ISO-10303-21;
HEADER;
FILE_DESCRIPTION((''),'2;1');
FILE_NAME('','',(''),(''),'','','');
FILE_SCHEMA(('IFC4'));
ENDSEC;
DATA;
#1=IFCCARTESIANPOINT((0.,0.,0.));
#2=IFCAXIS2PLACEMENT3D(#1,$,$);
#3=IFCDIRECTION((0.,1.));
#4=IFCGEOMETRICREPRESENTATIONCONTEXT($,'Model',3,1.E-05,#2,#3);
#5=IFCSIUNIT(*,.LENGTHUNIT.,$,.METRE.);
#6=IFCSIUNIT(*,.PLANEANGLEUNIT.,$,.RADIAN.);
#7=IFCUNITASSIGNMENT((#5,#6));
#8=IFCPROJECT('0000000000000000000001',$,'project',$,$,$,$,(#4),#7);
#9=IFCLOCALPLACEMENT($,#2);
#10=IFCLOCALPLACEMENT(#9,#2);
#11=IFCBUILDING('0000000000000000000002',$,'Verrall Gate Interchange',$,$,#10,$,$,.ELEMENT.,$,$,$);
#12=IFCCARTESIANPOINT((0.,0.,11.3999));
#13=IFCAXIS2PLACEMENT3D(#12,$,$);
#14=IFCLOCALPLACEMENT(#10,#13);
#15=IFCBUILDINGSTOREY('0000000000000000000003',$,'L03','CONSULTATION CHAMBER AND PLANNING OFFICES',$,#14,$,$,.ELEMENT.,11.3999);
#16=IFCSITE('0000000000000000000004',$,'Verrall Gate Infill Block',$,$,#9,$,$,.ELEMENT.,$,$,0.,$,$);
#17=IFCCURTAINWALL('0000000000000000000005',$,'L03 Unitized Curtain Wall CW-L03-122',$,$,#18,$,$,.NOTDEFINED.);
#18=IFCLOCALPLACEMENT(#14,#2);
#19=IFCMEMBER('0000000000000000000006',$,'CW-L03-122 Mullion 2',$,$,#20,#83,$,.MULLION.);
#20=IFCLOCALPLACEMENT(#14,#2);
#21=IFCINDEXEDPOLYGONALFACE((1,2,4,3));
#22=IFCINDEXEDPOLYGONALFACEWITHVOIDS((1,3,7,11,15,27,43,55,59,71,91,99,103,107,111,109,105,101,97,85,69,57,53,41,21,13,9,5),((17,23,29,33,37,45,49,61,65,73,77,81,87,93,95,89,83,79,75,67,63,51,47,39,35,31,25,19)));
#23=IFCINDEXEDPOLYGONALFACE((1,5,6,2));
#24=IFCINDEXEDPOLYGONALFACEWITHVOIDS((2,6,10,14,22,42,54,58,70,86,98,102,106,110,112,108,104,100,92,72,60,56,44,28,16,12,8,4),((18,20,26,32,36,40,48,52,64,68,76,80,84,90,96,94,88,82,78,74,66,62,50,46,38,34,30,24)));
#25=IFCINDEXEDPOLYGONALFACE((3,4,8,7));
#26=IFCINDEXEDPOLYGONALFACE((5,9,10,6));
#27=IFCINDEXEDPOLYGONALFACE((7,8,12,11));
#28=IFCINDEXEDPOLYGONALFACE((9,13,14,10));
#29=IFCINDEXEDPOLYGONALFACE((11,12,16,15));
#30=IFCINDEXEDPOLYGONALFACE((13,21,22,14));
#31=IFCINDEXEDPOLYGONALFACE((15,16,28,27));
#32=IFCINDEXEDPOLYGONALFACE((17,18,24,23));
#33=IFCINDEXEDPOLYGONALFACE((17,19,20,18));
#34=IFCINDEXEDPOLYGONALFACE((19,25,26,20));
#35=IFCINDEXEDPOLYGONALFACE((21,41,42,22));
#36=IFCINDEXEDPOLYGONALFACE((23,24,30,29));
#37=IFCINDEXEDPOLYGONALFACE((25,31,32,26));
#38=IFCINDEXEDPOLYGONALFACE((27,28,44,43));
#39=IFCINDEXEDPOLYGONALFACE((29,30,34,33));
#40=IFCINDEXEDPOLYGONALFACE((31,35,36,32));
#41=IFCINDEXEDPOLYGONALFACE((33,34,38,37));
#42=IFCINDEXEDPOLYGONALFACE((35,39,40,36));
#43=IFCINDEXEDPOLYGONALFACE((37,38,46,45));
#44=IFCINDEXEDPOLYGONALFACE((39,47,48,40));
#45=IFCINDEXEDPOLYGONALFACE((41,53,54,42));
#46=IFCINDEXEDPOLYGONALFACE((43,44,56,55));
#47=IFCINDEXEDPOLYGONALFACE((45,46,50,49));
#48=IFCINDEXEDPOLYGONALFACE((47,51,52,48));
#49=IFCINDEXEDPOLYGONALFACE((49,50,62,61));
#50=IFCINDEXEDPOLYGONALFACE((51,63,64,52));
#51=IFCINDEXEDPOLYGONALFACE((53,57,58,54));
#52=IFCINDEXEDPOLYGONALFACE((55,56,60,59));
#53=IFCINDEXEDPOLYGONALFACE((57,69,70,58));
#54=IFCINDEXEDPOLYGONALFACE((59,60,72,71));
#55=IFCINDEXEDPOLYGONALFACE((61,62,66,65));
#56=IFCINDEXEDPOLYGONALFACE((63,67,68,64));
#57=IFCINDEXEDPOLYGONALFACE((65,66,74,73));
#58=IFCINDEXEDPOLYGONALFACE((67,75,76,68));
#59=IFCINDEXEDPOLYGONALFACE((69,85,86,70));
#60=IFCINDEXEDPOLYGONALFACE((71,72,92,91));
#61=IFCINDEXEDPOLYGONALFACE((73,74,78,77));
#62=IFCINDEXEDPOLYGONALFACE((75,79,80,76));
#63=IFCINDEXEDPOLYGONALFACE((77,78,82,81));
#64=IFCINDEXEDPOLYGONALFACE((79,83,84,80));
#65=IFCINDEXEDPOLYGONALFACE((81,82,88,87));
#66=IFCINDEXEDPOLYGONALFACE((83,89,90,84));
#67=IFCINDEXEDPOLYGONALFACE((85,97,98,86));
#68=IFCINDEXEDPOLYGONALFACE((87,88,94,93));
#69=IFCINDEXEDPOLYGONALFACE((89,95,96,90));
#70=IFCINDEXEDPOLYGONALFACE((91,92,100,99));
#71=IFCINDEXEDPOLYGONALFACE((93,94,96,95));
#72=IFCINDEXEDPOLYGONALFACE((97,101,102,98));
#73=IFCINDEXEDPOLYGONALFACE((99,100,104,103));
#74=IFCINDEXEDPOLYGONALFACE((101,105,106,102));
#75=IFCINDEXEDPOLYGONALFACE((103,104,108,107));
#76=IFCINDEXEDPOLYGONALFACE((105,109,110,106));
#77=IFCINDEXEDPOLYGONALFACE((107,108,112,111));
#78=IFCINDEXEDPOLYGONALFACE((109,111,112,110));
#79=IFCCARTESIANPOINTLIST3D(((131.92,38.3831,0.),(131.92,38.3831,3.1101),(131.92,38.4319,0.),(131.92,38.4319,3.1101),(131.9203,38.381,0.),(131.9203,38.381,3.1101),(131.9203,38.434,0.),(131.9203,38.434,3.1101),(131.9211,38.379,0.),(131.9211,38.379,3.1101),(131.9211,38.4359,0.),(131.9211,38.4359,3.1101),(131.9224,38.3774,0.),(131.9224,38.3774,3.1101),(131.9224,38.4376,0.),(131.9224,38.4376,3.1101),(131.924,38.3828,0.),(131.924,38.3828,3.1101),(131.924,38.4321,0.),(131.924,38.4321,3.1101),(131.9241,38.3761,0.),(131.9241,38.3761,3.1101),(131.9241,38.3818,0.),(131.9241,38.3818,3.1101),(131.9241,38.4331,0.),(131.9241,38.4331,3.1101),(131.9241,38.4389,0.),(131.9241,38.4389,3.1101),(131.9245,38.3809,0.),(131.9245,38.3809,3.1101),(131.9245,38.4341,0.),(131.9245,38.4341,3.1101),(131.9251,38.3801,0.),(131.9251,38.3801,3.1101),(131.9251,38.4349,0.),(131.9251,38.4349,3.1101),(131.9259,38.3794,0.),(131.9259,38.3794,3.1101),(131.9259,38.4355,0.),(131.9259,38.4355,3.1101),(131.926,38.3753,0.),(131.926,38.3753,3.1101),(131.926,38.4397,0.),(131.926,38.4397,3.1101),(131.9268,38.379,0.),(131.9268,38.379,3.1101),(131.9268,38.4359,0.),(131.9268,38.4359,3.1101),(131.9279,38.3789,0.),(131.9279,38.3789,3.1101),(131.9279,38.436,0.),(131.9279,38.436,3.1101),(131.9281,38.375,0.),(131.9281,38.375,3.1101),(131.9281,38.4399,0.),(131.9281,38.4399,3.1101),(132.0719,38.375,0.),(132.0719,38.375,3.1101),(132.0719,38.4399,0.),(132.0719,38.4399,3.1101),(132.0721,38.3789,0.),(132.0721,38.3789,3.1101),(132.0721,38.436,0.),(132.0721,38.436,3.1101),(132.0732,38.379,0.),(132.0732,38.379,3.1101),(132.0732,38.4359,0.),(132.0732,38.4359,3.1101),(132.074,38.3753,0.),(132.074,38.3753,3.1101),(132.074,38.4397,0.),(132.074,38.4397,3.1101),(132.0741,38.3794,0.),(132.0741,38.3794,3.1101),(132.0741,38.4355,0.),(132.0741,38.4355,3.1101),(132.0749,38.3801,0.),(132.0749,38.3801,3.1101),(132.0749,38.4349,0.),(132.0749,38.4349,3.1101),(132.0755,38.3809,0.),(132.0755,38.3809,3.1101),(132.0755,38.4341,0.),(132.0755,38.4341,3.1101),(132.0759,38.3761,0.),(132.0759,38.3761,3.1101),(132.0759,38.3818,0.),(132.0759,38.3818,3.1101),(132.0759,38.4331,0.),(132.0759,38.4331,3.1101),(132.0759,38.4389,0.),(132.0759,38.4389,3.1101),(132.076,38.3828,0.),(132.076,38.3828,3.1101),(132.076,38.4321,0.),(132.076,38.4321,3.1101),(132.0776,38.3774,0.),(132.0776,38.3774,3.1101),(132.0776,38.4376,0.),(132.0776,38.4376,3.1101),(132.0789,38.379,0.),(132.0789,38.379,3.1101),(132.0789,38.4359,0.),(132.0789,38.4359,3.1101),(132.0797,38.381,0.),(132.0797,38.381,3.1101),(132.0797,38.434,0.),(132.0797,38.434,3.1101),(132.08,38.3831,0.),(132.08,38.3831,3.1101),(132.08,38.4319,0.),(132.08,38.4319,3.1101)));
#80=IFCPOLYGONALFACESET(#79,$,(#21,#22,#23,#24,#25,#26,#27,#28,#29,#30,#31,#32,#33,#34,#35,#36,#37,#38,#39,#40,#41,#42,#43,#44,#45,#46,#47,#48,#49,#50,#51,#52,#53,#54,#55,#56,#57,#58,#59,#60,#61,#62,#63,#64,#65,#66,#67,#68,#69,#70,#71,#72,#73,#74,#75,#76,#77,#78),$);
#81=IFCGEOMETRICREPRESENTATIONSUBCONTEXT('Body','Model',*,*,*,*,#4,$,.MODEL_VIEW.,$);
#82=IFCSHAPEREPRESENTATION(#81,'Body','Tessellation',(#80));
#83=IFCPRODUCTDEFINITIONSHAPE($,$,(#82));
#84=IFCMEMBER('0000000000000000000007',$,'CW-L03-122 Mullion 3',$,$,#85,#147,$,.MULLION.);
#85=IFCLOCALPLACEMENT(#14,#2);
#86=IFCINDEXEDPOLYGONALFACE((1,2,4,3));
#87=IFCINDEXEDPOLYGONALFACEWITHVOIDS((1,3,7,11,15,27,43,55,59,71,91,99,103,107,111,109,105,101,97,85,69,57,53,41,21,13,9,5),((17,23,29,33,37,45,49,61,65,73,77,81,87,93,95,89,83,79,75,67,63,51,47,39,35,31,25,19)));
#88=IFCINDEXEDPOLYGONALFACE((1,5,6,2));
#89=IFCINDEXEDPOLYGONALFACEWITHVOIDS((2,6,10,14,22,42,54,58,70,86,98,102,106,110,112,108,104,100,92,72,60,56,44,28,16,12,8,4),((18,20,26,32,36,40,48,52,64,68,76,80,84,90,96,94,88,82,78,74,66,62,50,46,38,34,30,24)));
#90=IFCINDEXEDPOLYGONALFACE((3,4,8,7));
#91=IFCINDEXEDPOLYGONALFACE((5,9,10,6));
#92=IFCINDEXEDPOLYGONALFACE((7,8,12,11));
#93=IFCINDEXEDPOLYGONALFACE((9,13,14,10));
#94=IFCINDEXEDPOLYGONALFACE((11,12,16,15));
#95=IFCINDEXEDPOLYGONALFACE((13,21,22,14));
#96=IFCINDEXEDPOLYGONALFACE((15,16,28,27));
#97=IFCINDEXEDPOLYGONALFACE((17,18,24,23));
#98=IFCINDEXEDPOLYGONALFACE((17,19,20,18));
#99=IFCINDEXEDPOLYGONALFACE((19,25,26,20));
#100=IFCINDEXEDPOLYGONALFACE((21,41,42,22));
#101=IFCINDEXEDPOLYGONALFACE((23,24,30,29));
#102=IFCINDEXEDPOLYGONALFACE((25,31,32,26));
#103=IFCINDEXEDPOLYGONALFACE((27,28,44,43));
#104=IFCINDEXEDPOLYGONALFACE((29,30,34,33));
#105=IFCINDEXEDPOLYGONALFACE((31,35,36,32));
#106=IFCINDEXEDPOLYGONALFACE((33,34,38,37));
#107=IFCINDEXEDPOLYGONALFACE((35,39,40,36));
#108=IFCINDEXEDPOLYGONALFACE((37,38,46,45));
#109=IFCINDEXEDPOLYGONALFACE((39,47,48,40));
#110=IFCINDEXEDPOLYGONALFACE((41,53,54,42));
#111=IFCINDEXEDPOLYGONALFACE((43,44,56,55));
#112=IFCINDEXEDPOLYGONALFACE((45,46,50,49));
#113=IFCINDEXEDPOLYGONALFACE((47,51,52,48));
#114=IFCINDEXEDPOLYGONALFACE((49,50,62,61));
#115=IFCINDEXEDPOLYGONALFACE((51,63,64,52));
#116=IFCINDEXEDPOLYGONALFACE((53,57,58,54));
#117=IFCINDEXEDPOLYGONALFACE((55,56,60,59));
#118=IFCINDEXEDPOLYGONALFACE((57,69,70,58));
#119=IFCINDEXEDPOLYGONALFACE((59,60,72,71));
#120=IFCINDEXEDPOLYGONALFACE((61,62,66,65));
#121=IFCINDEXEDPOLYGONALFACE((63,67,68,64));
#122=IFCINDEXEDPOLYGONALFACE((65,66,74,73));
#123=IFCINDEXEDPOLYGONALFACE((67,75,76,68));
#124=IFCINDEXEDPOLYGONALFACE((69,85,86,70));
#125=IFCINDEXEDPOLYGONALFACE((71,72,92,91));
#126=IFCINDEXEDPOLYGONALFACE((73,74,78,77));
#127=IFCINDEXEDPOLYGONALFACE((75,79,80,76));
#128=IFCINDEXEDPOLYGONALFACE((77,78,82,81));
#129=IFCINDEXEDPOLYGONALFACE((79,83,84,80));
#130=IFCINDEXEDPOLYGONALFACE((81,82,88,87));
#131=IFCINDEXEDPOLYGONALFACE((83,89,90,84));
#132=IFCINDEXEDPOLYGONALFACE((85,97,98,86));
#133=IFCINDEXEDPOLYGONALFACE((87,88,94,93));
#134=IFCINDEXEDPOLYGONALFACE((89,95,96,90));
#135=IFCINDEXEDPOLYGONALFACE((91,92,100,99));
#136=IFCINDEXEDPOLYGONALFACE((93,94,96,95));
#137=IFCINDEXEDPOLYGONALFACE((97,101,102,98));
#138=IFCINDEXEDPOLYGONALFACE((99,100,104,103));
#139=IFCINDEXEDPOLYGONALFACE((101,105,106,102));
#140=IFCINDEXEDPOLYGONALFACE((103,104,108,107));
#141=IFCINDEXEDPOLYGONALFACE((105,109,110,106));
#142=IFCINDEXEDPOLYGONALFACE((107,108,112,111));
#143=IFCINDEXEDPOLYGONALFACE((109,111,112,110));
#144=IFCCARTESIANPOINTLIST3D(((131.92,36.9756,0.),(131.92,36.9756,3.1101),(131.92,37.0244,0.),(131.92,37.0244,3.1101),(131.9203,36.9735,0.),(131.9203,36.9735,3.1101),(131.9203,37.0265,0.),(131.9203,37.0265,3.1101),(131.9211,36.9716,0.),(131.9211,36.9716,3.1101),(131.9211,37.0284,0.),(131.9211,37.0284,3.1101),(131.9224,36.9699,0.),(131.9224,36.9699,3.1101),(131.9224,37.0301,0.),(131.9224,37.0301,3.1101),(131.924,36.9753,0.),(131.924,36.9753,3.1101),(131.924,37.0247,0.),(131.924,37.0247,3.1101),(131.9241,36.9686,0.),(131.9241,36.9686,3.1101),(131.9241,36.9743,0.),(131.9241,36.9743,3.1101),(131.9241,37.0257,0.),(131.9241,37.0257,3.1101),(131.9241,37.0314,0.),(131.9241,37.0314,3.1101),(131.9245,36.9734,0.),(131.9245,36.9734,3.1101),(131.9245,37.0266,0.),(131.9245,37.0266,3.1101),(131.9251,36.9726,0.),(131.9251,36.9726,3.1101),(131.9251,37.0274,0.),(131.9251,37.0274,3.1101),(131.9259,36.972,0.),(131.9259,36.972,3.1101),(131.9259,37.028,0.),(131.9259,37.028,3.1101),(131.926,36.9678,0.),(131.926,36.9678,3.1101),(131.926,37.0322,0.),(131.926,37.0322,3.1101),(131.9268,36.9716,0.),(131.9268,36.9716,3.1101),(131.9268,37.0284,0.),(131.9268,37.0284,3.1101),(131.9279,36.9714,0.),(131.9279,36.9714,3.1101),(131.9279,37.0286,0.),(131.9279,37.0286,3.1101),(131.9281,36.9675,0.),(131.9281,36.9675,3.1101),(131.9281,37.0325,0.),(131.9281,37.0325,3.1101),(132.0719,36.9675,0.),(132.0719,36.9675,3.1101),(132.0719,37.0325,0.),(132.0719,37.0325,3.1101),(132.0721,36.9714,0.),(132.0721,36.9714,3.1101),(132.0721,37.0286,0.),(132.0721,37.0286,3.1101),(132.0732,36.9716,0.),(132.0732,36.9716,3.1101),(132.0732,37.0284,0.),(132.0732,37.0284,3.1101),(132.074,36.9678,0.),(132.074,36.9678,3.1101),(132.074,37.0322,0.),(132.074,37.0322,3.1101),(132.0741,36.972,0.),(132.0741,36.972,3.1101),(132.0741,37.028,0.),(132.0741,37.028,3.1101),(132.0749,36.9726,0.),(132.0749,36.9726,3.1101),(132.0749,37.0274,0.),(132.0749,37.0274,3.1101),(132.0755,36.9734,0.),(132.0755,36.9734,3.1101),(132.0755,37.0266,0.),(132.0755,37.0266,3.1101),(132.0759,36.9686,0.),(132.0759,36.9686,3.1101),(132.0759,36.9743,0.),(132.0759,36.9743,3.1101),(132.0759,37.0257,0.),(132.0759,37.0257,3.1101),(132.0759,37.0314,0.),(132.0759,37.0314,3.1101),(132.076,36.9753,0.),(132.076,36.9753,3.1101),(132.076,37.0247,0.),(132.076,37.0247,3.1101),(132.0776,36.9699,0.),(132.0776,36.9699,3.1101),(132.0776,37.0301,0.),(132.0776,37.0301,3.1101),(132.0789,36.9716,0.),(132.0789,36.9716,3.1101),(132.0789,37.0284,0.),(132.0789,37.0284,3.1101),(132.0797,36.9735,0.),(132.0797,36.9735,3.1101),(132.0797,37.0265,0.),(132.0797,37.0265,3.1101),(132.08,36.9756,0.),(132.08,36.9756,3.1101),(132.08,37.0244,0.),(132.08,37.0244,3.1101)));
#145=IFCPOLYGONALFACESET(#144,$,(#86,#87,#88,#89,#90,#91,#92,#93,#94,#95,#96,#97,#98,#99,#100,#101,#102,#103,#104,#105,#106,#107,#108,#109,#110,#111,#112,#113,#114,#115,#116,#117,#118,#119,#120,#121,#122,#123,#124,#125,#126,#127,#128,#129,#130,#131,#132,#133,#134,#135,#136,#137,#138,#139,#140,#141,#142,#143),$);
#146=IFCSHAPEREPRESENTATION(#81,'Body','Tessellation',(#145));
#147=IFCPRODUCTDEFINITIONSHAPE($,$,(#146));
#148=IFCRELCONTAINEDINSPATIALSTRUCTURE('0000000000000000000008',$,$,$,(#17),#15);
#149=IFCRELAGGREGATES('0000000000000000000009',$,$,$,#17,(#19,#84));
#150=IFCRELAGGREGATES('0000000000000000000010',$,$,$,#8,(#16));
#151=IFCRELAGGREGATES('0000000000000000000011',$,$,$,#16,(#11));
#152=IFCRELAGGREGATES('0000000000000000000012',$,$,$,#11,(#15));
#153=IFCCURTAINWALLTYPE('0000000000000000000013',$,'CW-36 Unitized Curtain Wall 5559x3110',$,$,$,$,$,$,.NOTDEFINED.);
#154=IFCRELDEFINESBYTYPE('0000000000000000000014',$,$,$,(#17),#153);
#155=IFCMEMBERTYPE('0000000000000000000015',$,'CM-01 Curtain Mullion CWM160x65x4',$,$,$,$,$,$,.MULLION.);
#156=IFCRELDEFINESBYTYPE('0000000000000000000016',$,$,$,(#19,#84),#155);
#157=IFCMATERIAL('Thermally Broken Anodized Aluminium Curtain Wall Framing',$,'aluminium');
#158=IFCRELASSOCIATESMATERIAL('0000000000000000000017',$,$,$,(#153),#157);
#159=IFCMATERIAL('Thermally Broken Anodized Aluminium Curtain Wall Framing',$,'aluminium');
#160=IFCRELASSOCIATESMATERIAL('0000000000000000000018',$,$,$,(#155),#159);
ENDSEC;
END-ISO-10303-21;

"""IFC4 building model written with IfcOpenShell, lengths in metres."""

from ifc_helpers import new_model, si_unit, direction, frame, origin, origin_2d, place, context, subcontext, project, spatial, hollow_rectangle, extrude, material, material_profile, profile_set, type_object, element, aggregate, save


model = new_model("IFC4")

# Units and contexts
model_context = context("Model", 3, precision=1e-05, world=origin(), true_north=direction((0.0, 1.0)))
body_context = subcontext(model_context, "Body", "Model", "MODEL_VIEW")
ifc_project = project(units=[si_unit("LENGTHUNIT", "METRE"), si_unit("PLANEANGLEUNIT", "RADIAN")], contexts=[model_context])

# Site, building, storey
site_placement = place(None, origin())
site = spatial("IfcSite", under=ifc_project, at=site_placement, Name="Verrall Gate Infill Block", CompositionType="ELEMENT", RefElevation=0.0)
building_placement = place(site_placement, origin())
building = spatial("IfcBuilding", under=site, at=building_placement, Name="Verrall Gate Interchange", CompositionType="ELEMENT")
storey_placement = place(building_placement, frame((0.0, 0.0, 11.3999)))
storey = spatial("IfcBuildingStorey", under=building, at=storey_placement, Name="L03", Description="CONSULTATION CHAMBER AND PLANNING OFFICES", CompositionType="ELEMENT", Elevation=11.3999)

# Curtain wall, members
ifc_material_1 = material(Name="Thermally Broken Anodized Aluminium Curtain Wall Framing", Category="aluminium")
curtain_wall_type = type_object("IfcCurtainWallType", Name="CW-36 Unitized Curtain Wall 5559x3110", PredefinedType="NOTDEFINED", material=ifc_material_1)
curtain_wall_1_placement = place(storey_placement, origin())
curtain_wall_1 = element("IfcCurtainWall", 1, at=curtain_wall_1_placement, inside=storey, type_object=curtain_wall_type, Name="L03 Unitized Curtain Wall CW-L03-122", PredefinedType="NOTDEFINED")
ifc_material_2 = material(Name="Thermally Broken Anodized Aluminium Curtain Wall Framing", Category="aluminium")
ifc_material_profile_1 = material_profile(ifc_material_2, hollow_rectangle(XDim=0.0649, YDim=0.1599, WallThickness=0.0039, InnerFilletRadius=0.0039, OuterFilletRadius=0.0081, at=origin_2d()), Name="CWM160x65x4")
ifc_profile_set_1 = profile_set([ifc_material_profile_1], Name="Thermally Broken Anodized Aluminium Curtain Wall Framing")
member_type_1 = type_object("IfcMemberType", Name="CM-01 Curtain Mullion CWM160x65x4", PredefinedType="MULLION", material=ifc_profile_set_1)
member_1_placement = place(storey_placement, frame((132.0, 38.4075, 0.0), z_axis=(0.0, 0.0, 1.0), x_axis=(0.0, -1.0, 0.0)))
member_1 = element("IfcMember", 2, at=member_1_placement, type_object=member_type_1, Name="CW-L03-122 Mullion 2", PredefinedType="MULLION", context=body_context, shape_type="SweptSolid", body=[
    extrude(hollow_rectangle(XDim=0.0649, YDim=0.1599, WallThickness=0.0039, InnerFilletRadius=0.0039, OuterFilletRadius=0.0081, at=origin_2d()), origin(), (0.0, 0.0, 1.0), 3.1101),
])
member_2_placement = place(storey_placement, frame((132.0, 37.0, 0.0), z_axis=(0.0, 0.0, 1.0), x_axis=(0.0, -1.0, 0.0)))
member_2 = element("IfcMember", 3, at=member_2_placement, type_object=member_type_1, Name="CW-L03-122 Mullion 3", PredefinedType="MULLION", context=body_context, shape_type="SweptSolid", body=[
    extrude(hollow_rectangle(XDim=0.0649, YDim=0.1599, WallThickness=0.0039, InnerFilletRadius=0.0039, OuterFilletRadius=0.0081, at=origin_2d()), origin(), (0.0, 0.0, 1.0), 3.1101),
])

aggregate(curtain_wall_1, [member_1, member_2])

save(model, "model.ifc")
